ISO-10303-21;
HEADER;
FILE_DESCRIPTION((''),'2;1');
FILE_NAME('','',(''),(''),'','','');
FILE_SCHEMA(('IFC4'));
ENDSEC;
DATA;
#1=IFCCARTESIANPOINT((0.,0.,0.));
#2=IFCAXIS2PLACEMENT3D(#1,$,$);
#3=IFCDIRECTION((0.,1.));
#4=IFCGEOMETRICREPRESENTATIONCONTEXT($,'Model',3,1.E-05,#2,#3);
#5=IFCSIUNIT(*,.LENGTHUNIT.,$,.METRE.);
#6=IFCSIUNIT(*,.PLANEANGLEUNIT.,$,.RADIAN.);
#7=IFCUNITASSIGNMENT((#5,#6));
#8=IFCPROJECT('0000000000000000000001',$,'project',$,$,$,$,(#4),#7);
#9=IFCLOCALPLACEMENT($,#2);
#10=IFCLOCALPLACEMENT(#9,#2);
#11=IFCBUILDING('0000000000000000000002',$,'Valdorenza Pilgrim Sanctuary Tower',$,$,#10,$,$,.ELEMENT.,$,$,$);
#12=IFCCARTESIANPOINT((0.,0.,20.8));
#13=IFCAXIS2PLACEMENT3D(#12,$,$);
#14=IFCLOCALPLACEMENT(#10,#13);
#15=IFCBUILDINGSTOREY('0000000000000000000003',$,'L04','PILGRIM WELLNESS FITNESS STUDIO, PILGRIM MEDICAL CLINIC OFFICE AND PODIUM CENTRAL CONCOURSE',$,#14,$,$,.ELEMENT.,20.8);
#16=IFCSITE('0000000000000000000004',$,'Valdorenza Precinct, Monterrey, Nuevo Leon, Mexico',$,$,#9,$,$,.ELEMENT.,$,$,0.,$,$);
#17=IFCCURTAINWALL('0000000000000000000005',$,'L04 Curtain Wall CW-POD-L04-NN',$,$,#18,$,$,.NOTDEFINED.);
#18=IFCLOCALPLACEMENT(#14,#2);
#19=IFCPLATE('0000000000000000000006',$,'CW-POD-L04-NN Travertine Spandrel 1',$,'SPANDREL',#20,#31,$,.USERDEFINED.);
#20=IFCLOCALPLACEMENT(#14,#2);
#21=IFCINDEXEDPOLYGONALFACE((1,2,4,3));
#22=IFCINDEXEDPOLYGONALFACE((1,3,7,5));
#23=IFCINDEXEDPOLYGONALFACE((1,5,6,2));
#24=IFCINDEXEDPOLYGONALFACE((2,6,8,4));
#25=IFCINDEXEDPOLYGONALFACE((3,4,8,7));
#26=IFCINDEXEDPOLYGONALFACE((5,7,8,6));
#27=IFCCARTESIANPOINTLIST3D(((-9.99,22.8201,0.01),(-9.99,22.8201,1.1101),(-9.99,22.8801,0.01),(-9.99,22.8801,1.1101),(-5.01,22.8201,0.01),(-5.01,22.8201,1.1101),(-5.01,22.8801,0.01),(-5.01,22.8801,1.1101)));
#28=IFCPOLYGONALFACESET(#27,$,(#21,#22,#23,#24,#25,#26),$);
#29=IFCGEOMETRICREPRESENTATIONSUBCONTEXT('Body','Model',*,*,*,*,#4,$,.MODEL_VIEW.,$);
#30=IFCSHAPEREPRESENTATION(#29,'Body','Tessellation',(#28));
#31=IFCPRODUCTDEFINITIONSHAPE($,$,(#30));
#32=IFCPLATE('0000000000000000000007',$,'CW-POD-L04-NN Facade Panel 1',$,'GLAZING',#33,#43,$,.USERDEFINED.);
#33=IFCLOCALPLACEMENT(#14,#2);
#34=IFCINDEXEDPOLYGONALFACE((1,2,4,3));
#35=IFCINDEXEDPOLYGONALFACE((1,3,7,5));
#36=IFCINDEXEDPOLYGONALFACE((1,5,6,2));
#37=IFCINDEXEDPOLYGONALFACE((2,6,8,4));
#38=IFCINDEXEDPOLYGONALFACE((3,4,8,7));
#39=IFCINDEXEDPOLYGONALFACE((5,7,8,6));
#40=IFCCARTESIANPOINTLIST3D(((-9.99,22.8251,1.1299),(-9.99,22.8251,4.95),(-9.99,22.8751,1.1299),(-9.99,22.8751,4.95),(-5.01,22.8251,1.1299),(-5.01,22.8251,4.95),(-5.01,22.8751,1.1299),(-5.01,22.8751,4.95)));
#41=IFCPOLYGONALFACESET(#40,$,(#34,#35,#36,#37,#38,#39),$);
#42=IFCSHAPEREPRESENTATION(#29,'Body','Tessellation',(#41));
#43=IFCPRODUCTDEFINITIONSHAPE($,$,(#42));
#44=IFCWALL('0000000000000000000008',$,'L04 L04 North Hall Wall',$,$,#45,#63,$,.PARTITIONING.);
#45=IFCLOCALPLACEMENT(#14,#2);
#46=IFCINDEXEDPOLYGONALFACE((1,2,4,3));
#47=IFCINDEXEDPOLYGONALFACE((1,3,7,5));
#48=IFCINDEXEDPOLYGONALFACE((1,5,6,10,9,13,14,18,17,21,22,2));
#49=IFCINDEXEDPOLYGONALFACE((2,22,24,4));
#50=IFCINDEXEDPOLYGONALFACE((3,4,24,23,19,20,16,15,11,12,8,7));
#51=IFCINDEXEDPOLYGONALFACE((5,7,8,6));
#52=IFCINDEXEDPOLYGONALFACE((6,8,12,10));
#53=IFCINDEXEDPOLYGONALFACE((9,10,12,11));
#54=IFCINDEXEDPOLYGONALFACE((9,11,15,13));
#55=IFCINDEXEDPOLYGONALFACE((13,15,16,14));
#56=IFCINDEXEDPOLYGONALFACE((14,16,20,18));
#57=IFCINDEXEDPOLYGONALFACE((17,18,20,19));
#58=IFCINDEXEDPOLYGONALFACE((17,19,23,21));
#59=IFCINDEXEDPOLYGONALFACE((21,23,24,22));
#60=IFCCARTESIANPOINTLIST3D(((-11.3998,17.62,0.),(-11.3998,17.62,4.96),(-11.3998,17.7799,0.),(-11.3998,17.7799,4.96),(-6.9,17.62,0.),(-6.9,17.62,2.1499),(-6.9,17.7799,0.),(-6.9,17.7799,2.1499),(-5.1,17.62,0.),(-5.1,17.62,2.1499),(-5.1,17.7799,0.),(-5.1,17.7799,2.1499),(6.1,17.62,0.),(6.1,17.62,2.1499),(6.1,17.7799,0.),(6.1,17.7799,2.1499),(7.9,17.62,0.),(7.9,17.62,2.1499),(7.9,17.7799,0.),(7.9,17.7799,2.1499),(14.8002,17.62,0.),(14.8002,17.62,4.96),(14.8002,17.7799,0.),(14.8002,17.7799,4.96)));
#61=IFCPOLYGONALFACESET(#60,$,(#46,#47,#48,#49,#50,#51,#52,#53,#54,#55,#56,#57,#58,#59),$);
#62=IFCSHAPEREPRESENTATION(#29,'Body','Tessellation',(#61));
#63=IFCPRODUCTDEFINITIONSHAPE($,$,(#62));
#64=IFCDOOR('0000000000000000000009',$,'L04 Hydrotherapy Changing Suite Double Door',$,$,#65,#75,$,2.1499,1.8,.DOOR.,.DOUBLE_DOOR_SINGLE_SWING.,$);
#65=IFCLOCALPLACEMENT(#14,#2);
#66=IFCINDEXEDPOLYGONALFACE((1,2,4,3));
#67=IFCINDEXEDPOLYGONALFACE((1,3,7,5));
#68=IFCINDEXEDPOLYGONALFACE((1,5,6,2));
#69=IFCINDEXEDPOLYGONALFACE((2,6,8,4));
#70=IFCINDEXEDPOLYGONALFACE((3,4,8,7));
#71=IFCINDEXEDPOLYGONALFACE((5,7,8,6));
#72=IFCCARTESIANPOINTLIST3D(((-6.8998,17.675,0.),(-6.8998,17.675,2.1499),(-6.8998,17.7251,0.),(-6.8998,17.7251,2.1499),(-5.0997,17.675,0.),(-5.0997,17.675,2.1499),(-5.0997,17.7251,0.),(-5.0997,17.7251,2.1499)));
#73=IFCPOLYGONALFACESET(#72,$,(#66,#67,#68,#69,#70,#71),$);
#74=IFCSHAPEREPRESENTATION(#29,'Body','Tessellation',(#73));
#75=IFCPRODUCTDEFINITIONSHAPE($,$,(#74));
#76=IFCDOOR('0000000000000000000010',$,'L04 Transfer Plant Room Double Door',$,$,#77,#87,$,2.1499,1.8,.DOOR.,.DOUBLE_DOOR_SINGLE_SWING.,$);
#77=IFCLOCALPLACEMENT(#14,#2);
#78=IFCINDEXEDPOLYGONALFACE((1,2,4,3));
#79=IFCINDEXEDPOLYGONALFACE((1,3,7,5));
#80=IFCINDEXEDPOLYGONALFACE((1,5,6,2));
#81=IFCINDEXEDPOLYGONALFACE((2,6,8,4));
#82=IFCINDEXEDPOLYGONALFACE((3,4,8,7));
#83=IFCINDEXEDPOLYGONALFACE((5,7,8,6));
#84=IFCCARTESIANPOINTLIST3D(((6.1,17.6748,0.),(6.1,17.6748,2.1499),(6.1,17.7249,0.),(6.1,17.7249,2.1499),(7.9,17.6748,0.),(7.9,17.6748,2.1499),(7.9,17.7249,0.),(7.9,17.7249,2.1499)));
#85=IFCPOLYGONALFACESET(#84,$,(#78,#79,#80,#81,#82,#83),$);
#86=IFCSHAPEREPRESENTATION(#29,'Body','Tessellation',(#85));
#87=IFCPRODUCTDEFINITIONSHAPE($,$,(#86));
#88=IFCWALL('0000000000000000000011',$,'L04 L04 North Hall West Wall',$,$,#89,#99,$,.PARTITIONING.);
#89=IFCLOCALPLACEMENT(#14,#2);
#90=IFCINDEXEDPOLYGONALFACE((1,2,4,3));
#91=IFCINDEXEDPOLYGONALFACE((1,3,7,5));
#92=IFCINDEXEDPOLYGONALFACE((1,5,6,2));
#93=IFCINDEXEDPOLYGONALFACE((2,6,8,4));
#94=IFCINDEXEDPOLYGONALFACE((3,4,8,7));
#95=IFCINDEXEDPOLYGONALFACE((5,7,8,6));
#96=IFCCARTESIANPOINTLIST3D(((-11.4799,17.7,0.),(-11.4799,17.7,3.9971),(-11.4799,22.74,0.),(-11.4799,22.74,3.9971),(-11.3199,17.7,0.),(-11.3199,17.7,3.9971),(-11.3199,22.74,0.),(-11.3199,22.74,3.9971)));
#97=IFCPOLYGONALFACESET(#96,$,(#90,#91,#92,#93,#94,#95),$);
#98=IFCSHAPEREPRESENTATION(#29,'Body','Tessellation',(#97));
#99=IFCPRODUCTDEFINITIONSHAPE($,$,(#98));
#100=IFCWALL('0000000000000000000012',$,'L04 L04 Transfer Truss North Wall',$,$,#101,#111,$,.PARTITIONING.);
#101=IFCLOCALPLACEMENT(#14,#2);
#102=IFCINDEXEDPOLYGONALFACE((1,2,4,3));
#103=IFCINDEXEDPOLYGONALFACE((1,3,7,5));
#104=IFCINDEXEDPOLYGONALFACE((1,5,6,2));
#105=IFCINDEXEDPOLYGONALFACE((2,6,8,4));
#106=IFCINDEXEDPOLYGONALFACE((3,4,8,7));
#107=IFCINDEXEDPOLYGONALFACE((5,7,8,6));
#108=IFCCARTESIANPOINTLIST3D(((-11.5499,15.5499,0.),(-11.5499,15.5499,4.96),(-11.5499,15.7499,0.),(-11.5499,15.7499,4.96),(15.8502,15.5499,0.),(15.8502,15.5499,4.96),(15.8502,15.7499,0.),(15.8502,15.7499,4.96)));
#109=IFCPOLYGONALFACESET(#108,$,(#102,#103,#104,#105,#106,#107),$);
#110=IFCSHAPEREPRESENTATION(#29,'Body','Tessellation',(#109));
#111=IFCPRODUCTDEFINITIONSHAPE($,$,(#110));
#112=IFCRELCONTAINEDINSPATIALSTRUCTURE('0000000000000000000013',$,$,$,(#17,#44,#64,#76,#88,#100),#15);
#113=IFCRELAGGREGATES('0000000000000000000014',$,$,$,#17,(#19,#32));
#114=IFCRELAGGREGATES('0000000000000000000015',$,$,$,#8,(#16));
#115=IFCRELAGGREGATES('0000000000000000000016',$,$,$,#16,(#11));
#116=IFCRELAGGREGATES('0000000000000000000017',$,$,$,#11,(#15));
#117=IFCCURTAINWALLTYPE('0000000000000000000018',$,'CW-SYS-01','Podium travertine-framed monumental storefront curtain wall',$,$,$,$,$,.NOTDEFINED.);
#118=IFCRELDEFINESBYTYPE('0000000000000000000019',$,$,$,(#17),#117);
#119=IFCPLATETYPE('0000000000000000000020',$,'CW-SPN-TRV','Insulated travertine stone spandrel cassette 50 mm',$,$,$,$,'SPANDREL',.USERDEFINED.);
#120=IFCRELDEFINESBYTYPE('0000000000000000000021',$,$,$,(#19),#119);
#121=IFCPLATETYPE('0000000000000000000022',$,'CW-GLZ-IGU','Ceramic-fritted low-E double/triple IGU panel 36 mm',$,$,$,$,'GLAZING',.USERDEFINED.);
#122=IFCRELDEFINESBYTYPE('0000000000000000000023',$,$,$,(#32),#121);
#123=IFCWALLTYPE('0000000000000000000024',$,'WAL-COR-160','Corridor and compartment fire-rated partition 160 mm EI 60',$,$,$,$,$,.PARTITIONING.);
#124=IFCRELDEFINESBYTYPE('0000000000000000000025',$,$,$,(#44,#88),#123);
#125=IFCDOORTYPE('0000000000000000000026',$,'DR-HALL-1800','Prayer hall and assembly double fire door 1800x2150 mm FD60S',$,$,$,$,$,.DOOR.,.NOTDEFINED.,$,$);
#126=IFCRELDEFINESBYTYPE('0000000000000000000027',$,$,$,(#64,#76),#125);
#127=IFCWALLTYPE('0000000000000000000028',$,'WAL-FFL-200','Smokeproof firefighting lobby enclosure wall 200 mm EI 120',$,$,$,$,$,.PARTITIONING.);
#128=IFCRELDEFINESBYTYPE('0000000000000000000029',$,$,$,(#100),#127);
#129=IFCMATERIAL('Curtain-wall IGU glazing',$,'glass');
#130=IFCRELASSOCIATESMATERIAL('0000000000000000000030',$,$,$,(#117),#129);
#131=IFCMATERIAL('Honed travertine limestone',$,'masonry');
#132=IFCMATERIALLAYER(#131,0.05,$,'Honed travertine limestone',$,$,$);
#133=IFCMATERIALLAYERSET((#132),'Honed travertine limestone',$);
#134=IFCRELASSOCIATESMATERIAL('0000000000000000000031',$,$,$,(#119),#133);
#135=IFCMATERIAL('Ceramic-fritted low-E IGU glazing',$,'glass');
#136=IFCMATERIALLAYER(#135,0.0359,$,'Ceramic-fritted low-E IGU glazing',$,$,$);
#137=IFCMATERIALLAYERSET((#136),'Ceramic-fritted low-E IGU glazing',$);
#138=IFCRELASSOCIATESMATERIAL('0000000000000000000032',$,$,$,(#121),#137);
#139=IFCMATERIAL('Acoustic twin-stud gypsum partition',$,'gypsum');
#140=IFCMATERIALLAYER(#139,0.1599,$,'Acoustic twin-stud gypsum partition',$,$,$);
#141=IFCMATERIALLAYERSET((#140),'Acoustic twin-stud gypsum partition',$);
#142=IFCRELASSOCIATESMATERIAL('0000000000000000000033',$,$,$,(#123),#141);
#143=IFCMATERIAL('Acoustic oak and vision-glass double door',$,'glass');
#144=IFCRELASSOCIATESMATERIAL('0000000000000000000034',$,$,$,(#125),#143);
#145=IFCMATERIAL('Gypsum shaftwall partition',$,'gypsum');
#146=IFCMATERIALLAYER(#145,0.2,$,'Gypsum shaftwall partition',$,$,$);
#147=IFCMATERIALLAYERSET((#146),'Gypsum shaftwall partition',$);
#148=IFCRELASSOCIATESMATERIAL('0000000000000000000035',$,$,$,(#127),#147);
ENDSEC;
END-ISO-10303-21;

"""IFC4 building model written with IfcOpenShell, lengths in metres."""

from ifc_helpers import new_model, si_unit, direction, frame, frame_2d, origin, origin_2d, place, context, subcontext, project, spatial, rectangle, extrude, source, transform, mapped, material, layer, layer_set, type_object, element, fill, aggregate, save


model = new_model("IFC4")

# Units and contexts
model_context = context("Model", 3, precision=1e-05, world=origin(), true_north=direction((0.0, 1.0)))
body_context = subcontext(model_context, "Body", "Model", "MODEL_VIEW")
ifc_project = project(units=[si_unit("LENGTHUNIT", "METRE"), si_unit("PLANEANGLEUNIT", "RADIAN")], contexts=[model_context])

# Site, building, storey
site_placement = place(None, origin())
site = spatial("IfcSite", under=ifc_project, at=site_placement, Name="Valdorenza Precinct, Monterrey, Nuevo Leon, Mexico", CompositionType="ELEMENT", RefElevation=0.0)
building_placement = place(site_placement, origin())
building = spatial("IfcBuilding", under=site, at=building_placement, Name="Valdorenza Pilgrim Sanctuary Tower", CompositionType="ELEMENT")
storey_placement = place(building_placement, frame((0.0, 0.0, 20.8)))
storey = spatial("IfcBuildingStorey", under=building, at=storey_placement, Name="L04", Description="PILGRIM WELLNESS FITNESS STUDIO, PILGRIM MEDICAL CLINIC OFFICE AND PODIUM CENTRAL CONCOURSE", CompositionType="ELEMENT", Elevation=20.8)

# Curtain wall
ifc_material_1 = material(Name="Curtain-wall IGU glazing", Category="glass")
curtain_wall_type = type_object("IfcCurtainWallType", Name="CW-SYS-01", Description="Podium travertine-framed monumental storefront curtain wall", PredefinedType="NOTDEFINED", material=ifc_material_1)
curtain_wall_placement = place(storey_placement, origin())
curtain_wall = element("IfcCurtainWall", 1, at=curtain_wall_placement, inside=storey, type_object=curtain_wall_type, Name="L04 Curtain Wall CW-POD-L04-NN", PredefinedType="NOTDEFINED")

# Plates
ifc_material_2 = material(Name="Honed travertine limestone", Category="masonry")
ifc_layer_1 = layer(ifc_material_2, 0.05, Name="Honed travertine limestone")
ifc_layer_set_1 = layer_set([ifc_layer_1], Name="Honed travertine limestone")
plate_type_1 = type_object("IfcPlateType", Name="CW-SPN-TRV", Description="Insulated travertine stone spandrel cassette 50 mm", ElementType="SPANDREL", PredefinedType="USERDEFINED", material=ifc_layer_set_1)
shared_shape_1 = source(origin(), body_context, "Body", "SweptSolid", [
    extrude(rectangle(XDim=4.98, YDim=0.0601, at=origin_2d()), origin(), (0.0, 0.0, 1.0), 1.1001),
])
plate_1_placement = place(storey_placement, frame((-7.5, 22.8501, 0.01), z_axis=(0.0, 0.0, 1.0), x_axis=(1.0, 0.0, 0.0)))
plate_1 = element("IfcPlate", 2, at=plate_1_placement, type_object=plate_type_1, Name="CW-POD-L04-NN Travertine Spandrel 1", ObjectType="SPANDREL", PredefinedType="USERDEFINED", context=body_context, shape_type="MappedRepresentation", body=[
    mapped(shared_shape_1, transform((0.0, 0.0, 0.0), x_axis=(1.0, 0.0, 0.0), y_axis=(0.0, 1.0, 0.0), z_axis=(0.0, 0.0, 1.0), scale=1.0)),
])
ifc_material_3 = material(Name="Ceramic-fritted low-E IGU glazing", Category="glass")
ifc_layer_2 = layer(ifc_material_3, 0.0359, Name="Ceramic-fritted low-E IGU glazing")
ifc_layer_set_2 = layer_set([ifc_layer_2], Name="Ceramic-fritted low-E IGU glazing")
plate_type_2 = type_object("IfcPlateType", Name="CW-GLZ-IGU", Description="Ceramic-fritted low-E double/triple IGU panel 36 mm", ElementType="GLAZING", PredefinedType="USERDEFINED", material=ifc_layer_set_2)
shared_shape_2 = source(origin(), body_context, "Body", "SweptSolid", [
    extrude(rectangle(XDim=4.98, YDim=0.05, at=origin_2d()), origin(), (0.0, 0.0, 1.0), 3.8201),
])
plate_2_placement = place(storey_placement, frame((-7.5, 22.8501, 1.1299), z_axis=(0.0, 0.0, 1.0), x_axis=(1.0, 0.0, 0.0)))
plate_2 = element("IfcPlate", 3, at=plate_2_placement, type_object=plate_type_2, Name="CW-POD-L04-NN Facade Panel 1", ObjectType="GLAZING", PredefinedType="USERDEFINED", context=body_context, shape_type="MappedRepresentation", body=[
    mapped(shared_shape_2, transform((0.0, 0.0, 0.0), x_axis=(1.0, 0.0, 0.0), y_axis=(0.0, 1.0, 0.0), z_axis=(0.0, 0.0, 1.0), scale=1.0)),
])
aggregate(curtain_wall, [plate_1, plate_2])

# Wall, openings, doors
ifc_material_4 = material(Name="Acoustic twin-stud gypsum partition", Category="gypsum")
ifc_layer_3 = layer(ifc_material_4, 0.1599, Name="Acoustic twin-stud gypsum partition")
ifc_layer_set_3 = layer_set([ifc_layer_3], Name="Acoustic twin-stud gypsum partition")
wall_type_1 = type_object("IfcWallType", Name="WAL-COR-160", Description="Corridor and compartment fire-rated partition 160 mm EI 60", PredefinedType="PARTITIONING", material=ifc_layer_set_3)
wall_1_placement = place(storey_placement, frame((-11.3999, 17.7, 0.0), z_axis=(0.0, 0.0, 1.0), x_axis=(1.0, 0.0, 0.0)))
wall_1 = element("IfcWall", 4, at=wall_1_placement, inside=storey, type_object=wall_type_1, Name="L04 L04 North Hall Wall", PredefinedType="PARTITIONING", context=body_context, shape_type="SweptSolid", body=[
    extrude(rectangle(XDim=26.2, YDim=0.1599, at=frame_2d((13.1001, 0.0))), origin(), (0.0, 0.0, 1.0), 4.96),
])
opening_1_placement = place(wall_1_placement, frame((4.5, 0.0, 0.0)))
opening_1 = element("IfcOpeningElement", 5, at=opening_1_placement, cuts=wall_1, PredefinedType="OPENING", context=body_context, shape_type="SweptSolid", body=[
    extrude(rectangle(XDim=1.8, YDim=2.1499, at=frame_2d((0.8999, 1.075))), frame((0.0, 0.0947, 0.0), z_axis=(0.0, -1.0, 0.0), x_axis=(1.0, 0.0, 0.0)), (0.0, 0.0, 1.0), 0.1897),
])
opening_2_placement = place(wall_1_placement, frame((17.5, 0.0, 0.0)))
opening_2 = element("IfcOpeningElement", 6, at=opening_2_placement, cuts=wall_1, PredefinedType="OPENING", context=body_context, shape_type="SweptSolid", body=[
    extrude(rectangle(XDim=1.8, YDim=2.1499, at=frame_2d((0.8999, 1.075))), frame((0.0, 0.0947, 0.0), z_axis=(0.0, -1.0, 0.0), x_axis=(1.0, 0.0, 0.0)), (0.0, 0.0, 1.0), 0.1897),
])
ifc_material_5 = material(Name="Acoustic oak and vision-glass double door", Category="glass")
door_type = type_object("IfcDoorType", Name="DR-HALL-1800", Description="Prayer hall and assembly double fire door 1800x2150 mm FD60S", OperationType="NOTDEFINED", PredefinedType="DOOR", material=ifc_material_5)
door_1_placement = place(opening_1_placement, frame((1.8, 0.0, 0.0), z_axis=(0.0, 0.0, 1.0), x_axis=(-1.0, 0.0, 0.0)))
door_1 = element("IfcDoor", 7, at=door_1_placement, inside=storey, type_object=door_type, Name="L04 Hydrotherapy Changing Suite Double Door", OperationType="DOUBLE_DOOR_SINGLE_SWING", OverallHeight=2.1499, OverallWidth=1.8, PredefinedType="DOOR", context=body_context, shape_type="SweptSolid", body=[
    extrude(rectangle(XDim=1.8, YDim=2.1499, at=frame_2d((0.8999, 1.075))), frame((0.0, 0.0249, 0.0), z_axis=(0.0, -1.0, 0.0), x_axis=(1.0, 0.0, 0.0)), (0.0, 0.0, 1.0), 0.05),
])
fill(opening_1, door_1)
door_2_placement = place(opening_2_placement, origin())
door_2 = element("IfcDoor", 8, at=door_2_placement, inside=storey, type_object=door_type, Name="L04 Transfer Plant Room Double Door", OperationType="DOUBLE_DOOR_SINGLE_SWING", OverallHeight=2.1499, OverallWidth=1.8, PredefinedType="DOOR", context=body_context, shape_type="SweptSolid", body=[
    extrude(rectangle(XDim=1.8, YDim=2.1499, at=frame_2d((0.8999, 1.075))), frame((0.0, 0.0249, 0.0), z_axis=(0.0, -1.0, 0.0), x_axis=(1.0, 0.0, 0.0)), (0.0, 0.0, 1.0), 0.05),
])
fill(opening_2, door_2)

# Walls
wall_2_placement = place(storey_placement, frame((-11.3999, 17.7, 0.0), z_axis=(0.0, 0.0, 1.0), x_axis=(0.0, 1.0, 0.0)))
element("IfcWall", 9, at=wall_2_placement, inside=storey, type_object=wall_type_1, Name="L04 L04 North Hall West Wall", PredefinedType="PARTITIONING", context=body_context, shape_type="SweptSolid", body=[
    extrude(rectangle(XDim=5.04, YDim=0.1599, at=frame_2d((2.52, 0.0))), origin(), (0.0, 0.0, 1.0), 3.9971),
])
ifc_material_6 = material(Name="Gypsum shaftwall partition", Category="gypsum")
ifc_layer_4 = layer(ifc_material_6, 0.2, Name="Gypsum shaftwall partition")
ifc_layer_set_4 = layer_set([ifc_layer_4], Name="Gypsum shaftwall partition")
wall_type_2 = type_object("IfcWallType", Name="WAL-FFL-200", Description="Smokeproof firefighting lobby enclosure wall 200 mm EI 120", PredefinedType="PARTITIONING", material=ifc_layer_set_4)
wall_3_placement = place(storey_placement, frame((-11.55, 15.6499, 0.0), z_axis=(0.0, 0.0, 1.0), x_axis=(1.0, 0.0, 0.0)))
element("IfcWall", 10, at=wall_3_placement, inside=storey, type_object=wall_type_2, Name="L04 L04 Transfer Truss North Wall", PredefinedType="PARTITIONING", context=body_context, shape_type="SweptSolid", body=[
    extrude(rectangle(XDim=27.4001, YDim=0.2, at=frame_2d((13.7002, 0.0))), origin(), (0.0, 0.0, 1.0), 4.96),
])

save(model, "model.ifc")
